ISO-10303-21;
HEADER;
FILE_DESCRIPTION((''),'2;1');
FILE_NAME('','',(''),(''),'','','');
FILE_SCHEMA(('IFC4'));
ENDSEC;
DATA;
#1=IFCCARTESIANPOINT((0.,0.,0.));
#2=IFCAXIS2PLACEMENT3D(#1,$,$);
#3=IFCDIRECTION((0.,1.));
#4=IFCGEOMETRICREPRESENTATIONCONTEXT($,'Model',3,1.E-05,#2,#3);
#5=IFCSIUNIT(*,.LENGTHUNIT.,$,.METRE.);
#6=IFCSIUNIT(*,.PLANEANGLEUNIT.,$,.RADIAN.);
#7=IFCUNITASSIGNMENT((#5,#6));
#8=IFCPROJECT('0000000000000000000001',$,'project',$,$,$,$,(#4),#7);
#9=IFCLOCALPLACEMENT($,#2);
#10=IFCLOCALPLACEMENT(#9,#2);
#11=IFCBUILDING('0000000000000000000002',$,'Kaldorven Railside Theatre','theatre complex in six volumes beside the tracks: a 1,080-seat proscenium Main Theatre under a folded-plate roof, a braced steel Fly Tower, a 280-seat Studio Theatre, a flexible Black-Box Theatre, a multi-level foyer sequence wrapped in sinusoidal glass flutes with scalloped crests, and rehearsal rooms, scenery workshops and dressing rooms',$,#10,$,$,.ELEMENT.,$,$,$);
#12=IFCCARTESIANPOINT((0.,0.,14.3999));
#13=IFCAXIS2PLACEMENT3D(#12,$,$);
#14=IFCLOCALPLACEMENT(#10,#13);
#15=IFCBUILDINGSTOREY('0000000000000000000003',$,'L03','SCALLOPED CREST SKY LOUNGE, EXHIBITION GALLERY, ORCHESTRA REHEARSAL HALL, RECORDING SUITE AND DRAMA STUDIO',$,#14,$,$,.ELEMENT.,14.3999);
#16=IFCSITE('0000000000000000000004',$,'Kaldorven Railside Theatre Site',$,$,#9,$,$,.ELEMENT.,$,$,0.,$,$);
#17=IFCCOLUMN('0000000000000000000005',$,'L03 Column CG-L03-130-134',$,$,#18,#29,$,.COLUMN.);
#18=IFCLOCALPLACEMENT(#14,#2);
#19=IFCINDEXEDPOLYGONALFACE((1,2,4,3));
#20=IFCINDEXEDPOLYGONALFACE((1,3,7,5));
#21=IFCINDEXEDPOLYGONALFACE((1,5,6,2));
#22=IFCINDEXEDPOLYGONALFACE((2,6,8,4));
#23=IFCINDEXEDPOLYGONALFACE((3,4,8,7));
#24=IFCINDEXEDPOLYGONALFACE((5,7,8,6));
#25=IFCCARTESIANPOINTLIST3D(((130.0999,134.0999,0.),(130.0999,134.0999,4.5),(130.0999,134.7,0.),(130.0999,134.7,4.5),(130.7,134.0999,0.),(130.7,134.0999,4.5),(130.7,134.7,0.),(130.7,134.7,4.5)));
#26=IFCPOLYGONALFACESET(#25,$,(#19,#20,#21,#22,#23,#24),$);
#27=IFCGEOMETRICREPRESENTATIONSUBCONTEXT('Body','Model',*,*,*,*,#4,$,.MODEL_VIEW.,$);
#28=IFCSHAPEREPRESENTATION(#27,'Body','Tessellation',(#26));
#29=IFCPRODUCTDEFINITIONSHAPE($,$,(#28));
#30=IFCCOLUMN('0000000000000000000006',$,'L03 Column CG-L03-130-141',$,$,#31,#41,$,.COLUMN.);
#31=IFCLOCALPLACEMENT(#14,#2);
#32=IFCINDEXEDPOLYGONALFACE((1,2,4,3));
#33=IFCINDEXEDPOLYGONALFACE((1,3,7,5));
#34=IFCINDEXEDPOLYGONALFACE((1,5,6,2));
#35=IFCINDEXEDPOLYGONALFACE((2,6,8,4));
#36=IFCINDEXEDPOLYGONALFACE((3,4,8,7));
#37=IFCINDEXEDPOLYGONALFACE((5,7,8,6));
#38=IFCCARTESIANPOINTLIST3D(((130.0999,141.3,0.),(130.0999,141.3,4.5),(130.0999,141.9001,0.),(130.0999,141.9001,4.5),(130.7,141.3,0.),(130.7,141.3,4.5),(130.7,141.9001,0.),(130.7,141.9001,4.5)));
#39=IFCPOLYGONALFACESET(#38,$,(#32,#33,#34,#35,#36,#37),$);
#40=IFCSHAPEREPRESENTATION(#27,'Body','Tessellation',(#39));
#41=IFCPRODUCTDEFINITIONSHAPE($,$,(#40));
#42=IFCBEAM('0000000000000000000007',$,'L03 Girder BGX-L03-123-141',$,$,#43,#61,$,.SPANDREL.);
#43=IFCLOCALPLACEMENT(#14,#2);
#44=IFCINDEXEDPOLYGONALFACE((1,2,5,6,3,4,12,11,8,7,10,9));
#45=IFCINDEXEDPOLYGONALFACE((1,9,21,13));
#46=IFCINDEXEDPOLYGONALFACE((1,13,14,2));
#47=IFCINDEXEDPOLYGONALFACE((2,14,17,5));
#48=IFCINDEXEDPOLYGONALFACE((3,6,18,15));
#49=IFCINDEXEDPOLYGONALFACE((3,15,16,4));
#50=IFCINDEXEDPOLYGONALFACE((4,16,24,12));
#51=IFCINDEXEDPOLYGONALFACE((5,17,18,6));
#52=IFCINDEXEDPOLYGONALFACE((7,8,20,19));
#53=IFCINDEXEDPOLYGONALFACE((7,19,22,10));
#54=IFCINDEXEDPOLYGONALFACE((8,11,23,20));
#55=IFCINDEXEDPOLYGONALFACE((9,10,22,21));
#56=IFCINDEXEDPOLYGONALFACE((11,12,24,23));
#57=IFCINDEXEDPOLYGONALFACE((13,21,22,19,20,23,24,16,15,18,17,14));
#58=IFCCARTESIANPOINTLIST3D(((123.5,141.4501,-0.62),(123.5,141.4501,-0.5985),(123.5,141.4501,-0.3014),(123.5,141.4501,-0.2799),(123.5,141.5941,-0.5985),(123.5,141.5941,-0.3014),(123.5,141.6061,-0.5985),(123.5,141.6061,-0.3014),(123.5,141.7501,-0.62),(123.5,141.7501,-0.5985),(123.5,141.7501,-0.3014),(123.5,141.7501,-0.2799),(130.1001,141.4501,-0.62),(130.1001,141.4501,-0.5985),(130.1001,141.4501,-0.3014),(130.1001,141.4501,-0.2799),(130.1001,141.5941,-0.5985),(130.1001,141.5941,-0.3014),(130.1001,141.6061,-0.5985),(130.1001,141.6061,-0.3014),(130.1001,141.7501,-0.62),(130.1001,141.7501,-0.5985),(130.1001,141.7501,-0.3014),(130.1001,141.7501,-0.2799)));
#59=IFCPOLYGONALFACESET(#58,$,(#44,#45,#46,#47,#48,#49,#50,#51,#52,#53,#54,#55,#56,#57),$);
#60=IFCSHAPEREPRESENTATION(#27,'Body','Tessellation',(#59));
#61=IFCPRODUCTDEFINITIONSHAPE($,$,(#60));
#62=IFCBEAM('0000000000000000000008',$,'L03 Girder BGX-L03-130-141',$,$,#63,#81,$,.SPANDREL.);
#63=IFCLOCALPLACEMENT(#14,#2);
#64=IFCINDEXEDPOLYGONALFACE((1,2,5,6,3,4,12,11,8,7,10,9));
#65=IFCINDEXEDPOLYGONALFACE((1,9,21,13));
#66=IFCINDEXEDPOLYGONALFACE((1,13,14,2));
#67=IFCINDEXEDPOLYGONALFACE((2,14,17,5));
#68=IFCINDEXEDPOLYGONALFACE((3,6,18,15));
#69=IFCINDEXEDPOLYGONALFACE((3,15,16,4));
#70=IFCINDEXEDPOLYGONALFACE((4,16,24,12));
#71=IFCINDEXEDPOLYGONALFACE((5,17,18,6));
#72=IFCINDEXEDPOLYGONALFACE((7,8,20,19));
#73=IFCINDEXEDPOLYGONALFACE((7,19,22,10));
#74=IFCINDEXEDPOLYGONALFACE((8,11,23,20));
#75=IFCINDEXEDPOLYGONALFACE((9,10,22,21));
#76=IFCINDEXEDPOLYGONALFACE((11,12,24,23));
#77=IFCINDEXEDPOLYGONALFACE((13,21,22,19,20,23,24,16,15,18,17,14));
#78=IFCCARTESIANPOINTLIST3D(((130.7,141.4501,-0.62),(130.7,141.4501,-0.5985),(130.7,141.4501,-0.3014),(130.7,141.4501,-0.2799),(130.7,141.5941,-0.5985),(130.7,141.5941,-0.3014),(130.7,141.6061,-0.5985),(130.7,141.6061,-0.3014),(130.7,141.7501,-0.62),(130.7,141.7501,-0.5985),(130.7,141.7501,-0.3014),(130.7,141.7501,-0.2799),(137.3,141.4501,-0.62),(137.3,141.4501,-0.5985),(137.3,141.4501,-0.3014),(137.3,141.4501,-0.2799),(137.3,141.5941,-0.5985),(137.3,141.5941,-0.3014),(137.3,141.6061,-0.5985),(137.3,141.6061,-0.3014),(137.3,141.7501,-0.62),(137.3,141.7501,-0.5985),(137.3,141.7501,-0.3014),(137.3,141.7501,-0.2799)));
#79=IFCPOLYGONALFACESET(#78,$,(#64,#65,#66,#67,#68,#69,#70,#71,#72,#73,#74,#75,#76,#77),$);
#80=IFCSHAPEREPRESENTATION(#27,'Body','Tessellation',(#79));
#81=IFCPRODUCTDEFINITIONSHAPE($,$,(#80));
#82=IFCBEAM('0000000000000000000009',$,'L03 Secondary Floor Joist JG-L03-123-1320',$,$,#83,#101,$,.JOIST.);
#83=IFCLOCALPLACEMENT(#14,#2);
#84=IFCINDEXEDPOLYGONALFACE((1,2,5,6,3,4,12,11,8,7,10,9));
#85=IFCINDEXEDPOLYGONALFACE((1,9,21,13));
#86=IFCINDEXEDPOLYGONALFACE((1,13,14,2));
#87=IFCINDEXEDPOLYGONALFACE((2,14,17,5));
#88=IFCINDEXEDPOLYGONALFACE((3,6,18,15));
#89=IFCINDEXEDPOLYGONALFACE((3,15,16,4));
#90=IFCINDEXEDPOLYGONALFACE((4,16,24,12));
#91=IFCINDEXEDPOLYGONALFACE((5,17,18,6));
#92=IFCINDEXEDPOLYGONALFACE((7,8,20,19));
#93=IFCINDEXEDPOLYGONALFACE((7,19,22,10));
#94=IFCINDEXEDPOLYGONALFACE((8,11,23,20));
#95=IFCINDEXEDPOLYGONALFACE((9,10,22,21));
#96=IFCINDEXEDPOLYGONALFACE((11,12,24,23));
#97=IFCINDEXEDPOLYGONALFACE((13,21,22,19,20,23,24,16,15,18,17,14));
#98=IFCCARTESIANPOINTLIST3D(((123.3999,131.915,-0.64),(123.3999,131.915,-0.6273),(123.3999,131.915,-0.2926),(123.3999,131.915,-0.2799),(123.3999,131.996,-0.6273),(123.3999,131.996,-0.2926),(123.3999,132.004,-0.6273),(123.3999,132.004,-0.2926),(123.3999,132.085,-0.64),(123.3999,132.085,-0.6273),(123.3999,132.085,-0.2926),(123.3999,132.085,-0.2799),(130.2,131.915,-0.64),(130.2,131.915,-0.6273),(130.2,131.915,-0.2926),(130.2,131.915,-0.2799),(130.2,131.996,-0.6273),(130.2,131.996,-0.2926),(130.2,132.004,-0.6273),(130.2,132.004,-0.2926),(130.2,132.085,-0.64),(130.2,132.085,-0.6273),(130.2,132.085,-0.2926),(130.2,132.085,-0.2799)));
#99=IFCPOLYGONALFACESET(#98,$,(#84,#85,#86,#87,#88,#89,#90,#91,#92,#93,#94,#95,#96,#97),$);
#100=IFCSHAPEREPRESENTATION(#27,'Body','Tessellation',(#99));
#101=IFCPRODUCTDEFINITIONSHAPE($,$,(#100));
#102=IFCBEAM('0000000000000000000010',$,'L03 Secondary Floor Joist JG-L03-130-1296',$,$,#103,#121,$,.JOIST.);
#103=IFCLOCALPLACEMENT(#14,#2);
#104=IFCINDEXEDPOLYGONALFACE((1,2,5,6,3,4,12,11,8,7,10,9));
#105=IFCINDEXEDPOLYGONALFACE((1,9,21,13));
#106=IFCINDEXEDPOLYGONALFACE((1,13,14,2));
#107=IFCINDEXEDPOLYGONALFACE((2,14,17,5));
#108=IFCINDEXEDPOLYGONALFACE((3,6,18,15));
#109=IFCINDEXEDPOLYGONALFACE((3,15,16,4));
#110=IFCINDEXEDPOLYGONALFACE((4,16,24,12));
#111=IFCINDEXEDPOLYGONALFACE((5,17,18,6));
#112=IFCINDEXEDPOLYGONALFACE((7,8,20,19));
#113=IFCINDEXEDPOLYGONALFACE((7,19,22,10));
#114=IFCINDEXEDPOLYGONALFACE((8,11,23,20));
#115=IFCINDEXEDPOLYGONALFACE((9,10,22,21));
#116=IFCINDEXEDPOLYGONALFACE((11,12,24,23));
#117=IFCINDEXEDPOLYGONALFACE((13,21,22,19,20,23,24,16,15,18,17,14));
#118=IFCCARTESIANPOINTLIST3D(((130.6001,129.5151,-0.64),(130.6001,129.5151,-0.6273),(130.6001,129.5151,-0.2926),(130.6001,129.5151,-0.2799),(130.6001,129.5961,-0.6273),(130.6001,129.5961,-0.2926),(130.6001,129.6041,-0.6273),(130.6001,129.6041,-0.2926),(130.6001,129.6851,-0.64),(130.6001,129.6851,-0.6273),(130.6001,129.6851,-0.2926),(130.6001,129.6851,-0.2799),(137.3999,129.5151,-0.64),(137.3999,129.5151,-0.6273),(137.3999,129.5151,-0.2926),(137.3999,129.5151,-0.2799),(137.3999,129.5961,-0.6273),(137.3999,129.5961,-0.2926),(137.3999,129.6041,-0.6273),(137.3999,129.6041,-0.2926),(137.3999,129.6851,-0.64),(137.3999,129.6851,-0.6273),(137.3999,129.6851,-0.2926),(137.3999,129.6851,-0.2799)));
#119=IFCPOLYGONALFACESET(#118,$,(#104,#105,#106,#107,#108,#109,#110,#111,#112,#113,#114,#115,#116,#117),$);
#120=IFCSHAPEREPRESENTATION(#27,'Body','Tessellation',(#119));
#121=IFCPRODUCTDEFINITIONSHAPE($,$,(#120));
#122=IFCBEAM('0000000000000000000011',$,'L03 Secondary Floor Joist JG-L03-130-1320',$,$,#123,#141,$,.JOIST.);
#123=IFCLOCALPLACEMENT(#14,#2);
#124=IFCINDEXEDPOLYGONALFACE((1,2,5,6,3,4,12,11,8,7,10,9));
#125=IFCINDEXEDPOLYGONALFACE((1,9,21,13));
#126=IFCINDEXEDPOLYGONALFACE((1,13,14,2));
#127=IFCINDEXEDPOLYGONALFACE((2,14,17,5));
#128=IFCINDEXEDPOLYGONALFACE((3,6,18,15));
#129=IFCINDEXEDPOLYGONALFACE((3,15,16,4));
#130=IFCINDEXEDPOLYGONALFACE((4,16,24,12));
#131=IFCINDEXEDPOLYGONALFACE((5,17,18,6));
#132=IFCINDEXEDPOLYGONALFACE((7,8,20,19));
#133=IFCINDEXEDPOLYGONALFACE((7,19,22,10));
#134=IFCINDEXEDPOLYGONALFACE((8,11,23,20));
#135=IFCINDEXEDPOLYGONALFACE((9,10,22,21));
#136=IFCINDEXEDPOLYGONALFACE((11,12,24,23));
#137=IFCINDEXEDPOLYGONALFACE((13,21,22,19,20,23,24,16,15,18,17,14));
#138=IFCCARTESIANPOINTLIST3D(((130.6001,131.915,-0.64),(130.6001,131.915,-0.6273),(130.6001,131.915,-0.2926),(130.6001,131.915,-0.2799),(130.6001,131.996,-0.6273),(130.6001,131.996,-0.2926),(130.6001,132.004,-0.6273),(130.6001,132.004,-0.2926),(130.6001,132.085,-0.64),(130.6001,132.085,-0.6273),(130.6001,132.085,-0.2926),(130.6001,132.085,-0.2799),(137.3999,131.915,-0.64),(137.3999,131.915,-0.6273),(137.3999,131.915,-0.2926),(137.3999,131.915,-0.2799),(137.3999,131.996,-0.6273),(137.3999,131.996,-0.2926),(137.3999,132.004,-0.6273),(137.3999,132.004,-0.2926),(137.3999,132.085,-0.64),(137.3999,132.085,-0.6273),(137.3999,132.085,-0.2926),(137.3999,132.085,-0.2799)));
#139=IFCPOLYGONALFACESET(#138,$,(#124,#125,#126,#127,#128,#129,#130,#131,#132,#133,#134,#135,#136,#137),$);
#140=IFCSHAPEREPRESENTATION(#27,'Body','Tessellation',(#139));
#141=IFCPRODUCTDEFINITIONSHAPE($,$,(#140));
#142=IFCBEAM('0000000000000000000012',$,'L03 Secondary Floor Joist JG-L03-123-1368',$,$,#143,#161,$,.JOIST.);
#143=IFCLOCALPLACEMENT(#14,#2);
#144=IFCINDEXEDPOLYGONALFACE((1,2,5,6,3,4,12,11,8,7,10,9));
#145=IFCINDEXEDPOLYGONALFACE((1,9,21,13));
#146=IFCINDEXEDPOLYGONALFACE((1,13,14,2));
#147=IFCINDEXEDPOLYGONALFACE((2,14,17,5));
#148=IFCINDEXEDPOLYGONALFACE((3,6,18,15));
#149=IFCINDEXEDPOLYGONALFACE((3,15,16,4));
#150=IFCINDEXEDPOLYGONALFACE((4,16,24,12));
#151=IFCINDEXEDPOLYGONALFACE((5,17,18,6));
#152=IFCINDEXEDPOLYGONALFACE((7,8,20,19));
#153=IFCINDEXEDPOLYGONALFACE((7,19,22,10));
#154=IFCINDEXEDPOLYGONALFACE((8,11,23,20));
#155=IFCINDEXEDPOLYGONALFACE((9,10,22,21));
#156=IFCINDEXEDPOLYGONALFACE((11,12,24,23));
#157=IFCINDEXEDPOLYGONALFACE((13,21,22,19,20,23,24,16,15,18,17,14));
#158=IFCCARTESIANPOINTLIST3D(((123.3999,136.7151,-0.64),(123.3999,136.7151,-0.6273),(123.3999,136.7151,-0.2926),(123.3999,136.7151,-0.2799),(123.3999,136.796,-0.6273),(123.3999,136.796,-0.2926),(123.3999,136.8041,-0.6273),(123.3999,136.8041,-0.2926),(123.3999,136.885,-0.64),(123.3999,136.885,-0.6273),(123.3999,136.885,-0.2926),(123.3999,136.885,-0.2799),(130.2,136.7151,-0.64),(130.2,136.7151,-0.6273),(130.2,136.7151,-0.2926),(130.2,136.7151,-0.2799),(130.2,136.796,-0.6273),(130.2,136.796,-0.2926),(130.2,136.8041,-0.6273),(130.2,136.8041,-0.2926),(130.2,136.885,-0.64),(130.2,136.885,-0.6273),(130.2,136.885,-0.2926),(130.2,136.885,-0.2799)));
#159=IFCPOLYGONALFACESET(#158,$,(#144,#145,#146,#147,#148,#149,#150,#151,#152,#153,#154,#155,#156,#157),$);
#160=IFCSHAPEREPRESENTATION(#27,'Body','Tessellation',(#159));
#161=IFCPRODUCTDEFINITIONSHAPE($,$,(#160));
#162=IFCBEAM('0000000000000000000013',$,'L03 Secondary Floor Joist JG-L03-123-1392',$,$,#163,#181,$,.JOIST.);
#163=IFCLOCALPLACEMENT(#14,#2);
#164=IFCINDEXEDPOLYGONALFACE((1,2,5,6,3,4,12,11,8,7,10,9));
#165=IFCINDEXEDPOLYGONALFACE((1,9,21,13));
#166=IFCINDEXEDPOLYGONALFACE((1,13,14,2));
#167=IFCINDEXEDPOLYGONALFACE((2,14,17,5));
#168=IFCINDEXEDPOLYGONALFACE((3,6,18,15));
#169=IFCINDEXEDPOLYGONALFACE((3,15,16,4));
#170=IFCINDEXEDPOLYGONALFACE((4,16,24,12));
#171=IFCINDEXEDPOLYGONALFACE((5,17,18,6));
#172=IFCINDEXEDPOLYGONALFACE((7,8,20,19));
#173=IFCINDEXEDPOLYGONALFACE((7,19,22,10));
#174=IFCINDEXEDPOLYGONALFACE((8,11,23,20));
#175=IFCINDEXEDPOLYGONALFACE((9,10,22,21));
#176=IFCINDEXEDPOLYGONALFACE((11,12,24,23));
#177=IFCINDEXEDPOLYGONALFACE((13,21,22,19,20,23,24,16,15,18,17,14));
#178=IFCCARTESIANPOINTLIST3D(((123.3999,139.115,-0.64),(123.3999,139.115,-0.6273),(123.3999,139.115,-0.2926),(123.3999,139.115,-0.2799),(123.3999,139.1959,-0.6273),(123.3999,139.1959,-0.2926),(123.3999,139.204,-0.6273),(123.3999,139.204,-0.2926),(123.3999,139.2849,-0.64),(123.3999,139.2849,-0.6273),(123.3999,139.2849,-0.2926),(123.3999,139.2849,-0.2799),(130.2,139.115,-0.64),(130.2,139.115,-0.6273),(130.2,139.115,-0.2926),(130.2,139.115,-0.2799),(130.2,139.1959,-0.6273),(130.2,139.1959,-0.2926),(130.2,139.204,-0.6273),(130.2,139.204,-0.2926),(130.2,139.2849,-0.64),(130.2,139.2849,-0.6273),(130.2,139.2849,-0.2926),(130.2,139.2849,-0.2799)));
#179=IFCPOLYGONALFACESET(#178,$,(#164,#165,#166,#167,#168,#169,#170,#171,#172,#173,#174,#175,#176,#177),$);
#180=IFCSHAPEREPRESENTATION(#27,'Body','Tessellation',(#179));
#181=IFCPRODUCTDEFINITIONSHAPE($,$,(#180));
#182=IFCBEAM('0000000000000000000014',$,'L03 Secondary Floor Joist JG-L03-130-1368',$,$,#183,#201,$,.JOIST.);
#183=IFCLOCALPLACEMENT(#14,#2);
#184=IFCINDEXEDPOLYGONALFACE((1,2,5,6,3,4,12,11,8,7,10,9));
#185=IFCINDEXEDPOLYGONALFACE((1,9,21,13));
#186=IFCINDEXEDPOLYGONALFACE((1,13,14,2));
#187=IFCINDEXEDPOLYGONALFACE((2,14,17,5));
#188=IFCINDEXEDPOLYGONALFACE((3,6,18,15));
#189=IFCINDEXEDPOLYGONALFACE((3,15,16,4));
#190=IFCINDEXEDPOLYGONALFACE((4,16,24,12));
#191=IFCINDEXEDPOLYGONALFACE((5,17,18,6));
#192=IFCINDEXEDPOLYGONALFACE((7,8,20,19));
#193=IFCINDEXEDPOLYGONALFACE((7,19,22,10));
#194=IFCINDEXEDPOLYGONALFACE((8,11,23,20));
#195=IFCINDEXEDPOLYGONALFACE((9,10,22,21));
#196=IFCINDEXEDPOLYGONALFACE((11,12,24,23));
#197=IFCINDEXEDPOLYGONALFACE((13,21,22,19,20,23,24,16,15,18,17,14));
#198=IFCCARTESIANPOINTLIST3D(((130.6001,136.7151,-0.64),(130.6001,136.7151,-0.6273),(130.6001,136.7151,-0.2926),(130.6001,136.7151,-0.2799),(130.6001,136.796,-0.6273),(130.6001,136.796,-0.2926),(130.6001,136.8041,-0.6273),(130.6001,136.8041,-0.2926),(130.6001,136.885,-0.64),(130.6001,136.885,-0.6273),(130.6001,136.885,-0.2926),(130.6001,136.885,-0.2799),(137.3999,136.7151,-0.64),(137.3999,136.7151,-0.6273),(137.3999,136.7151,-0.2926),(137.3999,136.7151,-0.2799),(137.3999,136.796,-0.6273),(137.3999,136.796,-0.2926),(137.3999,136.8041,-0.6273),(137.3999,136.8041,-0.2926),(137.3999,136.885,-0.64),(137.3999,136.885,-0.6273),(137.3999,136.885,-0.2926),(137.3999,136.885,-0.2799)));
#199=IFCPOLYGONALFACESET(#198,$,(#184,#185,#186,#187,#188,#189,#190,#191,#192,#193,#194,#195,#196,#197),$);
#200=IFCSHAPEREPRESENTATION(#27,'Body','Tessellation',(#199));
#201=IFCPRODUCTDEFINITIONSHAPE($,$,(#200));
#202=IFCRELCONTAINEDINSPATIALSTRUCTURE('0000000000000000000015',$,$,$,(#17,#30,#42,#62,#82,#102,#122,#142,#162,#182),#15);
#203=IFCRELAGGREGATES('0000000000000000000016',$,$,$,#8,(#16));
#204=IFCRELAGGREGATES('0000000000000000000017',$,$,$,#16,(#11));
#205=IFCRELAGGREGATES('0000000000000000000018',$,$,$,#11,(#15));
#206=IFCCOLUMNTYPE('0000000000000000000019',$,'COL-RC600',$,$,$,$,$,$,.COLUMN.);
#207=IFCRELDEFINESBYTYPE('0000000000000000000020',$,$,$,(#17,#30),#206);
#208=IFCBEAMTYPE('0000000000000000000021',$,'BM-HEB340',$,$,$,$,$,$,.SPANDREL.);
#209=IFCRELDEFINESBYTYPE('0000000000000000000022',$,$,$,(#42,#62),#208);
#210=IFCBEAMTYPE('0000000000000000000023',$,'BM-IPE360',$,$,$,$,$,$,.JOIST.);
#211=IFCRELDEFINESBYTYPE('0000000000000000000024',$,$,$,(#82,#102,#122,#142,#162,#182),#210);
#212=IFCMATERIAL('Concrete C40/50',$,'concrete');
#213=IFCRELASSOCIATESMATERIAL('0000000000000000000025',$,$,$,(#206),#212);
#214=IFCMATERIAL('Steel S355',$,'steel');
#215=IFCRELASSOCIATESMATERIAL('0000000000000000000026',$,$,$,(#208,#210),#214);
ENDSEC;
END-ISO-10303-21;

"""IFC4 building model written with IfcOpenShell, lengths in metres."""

from ifc_helpers import new_model, si_unit, direction, frame, origin, origin_2d, place, context, subcontext, project, spatial, rectangle, i_section, extrude, material, material_profile, profile_set, type_object, element, save


model = new_model("IFC4")

# Units and contexts
model_context = context("Model", 3, precision=1e-05, world=origin(), true_north=direction((0.0, 1.0)))
body_context = subcontext(model_context, "Body", "Model", "MODEL_VIEW")
ifc_project = project(units=[si_unit("LENGTHUNIT", "METRE"), si_unit("PLANEANGLEUNIT", "RADIAN")], contexts=[model_context])

# Site, building, storey
site_placement = place(None, origin())
site = spatial("IfcSite", under=ifc_project, at=site_placement, Name="Kaldorven Railside Theatre Site", CompositionType="ELEMENT", RefElevation=0.0)
building_placement = place(site_placement, origin())
building = spatial("IfcBuilding", under=site, at=building_placement, Name="Kaldorven Railside Theatre", Description="theatre complex in six volumes beside the tracks: a 1,080-seat proscenium Main Theatre under a folded-plate roof, a braced steel Fly Tower, a 280-seat Studio Theatre, a flexible Black-Box Theatre, a multi-level foyer sequence wrapped in sinusoidal glass flutes with scalloped crests, and rehearsal rooms, scenery workshops and dressing rooms", CompositionType="ELEMENT")
storey_placement = place(building_placement, frame((0.0, 0.0, 14.3999)))
storey = spatial("IfcBuildingStorey", under=building, at=storey_placement, Name="L03", Description="SCALLOPED CREST SKY LOUNGE, EXHIBITION GALLERY, ORCHESTRA REHEARSAL HALL, RECORDING SUITE AND DRAMA STUDIO", CompositionType="ELEMENT", Elevation=14.3999)

# Columns
ifc_material_1 = material(Name="Concrete C40/50", Category="concrete")
ifc_material_profile_1 = material_profile(ifc_material_1, rectangle(XDim=0.6001, YDim=0.6001, at=origin_2d()), Name="RC 600x600")
ifc_profile_set_1 = profile_set([ifc_material_profile_1], Name="Concrete C40/50")
column_type = type_object("IfcColumnType", Name="COL-RC600", PredefinedType="COLUMN", material=ifc_profile_set_1)
for number, where, z_axis, x_axis, name in (
    (1, (130.3999, 134.3999, 0.0), (0.0, 0.0, 1.0), (1.0, 0.0, 0.0), "L03 Column CG-L03-130-134"),
    (2, (130.3999, 141.6001, 0.0), (0.0, 0.0, 1.0), (1.0, 0.0, 0.0), "L03 Column CG-L03-130-141"),
):
    element("IfcColumn", number, at=place(storey_placement, frame(where, z_axis=z_axis, x_axis=x_axis)), inside=storey, type_object=column_type, Name=name, PredefinedType="COLUMN", context=body_context, shape_type="SweptSolid", body=[
        extrude(rectangle(XDim=0.6001, YDim=0.6001, at=origin_2d()), origin(), (0.0, 0.0, 1.0), 4.5),
    ])

# Beams
ifc_material_2 = material(Name="Steel S355", Category="steel")
ifc_material_profile_2 = material_profile(ifc_material_2, i_section(OverallWidth=0.3, OverallDepth=0.3401, WebThickness=0.012, FlangeThickness=0.0215, at=origin_2d()), Name="HEB 340")
ifc_profile_set_2 = profile_set([ifc_material_profile_2], Name="Steel S355")
beam_type_1 = type_object("IfcBeamType", Name="BM-HEB340", PredefinedType="SPANDREL", material=ifc_profile_set_2)
for number, where, z_axis, x_axis, name in (
    (3, (123.5, 141.6001, -0.45), (1.0, 0.0, 0.0), (0.0, 1.0, 0.0), "L03 Girder BGX-L03-123-141"),
    (4, (130.7, 141.6001, -0.45), (1.0, 0.0, 0.0), (0.0, 1.0, 0.0), "L03 Girder BGX-L03-130-141"),
):
    element("IfcBeam", number, at=place(storey_placement, frame(where, z_axis=z_axis, x_axis=x_axis)), inside=storey, type_object=beam_type_1, Name=name, PredefinedType="SPANDREL", context=body_context, shape_type="SweptSolid", body=[
        extrude(i_section(OverallWidth=0.3, OverallDepth=0.3401, WebThickness=0.012, FlangeThickness=0.0215, at=origin_2d()), origin(), (0.0, 0.0, 1.0), 6.6001),
    ])
ifc_material_profile_3 = material_profile(ifc_material_2, i_section(OverallWidth=0.1699, OverallDepth=0.3601, WebThickness=0.0081, FlangeThickness=0.0127, at=origin_2d()), Name="IPE 360")
ifc_profile_set_3 = profile_set([ifc_material_profile_3], Name="Steel S355")
beam_type_2 = type_object("IfcBeamType", Name="BM-IPE360", PredefinedType="JOIST", material=ifc_profile_set_3)
beam_placement = place(storey_placement, frame((123.3999, 132.0, -0.46), z_axis=(1.0, 0.0, 0.0), x_axis=(0.0, 1.0, 0.0)))
element("IfcBeam", 5, at=beam_placement, inside=storey, type_object=beam_type_2, Name="L03 Secondary Floor Joist JG-L03-123-1320", PredefinedType="JOIST", context=body_context, shape_type="SweptSolid", body=[
    extrude(i_section(OverallWidth=0.1699, OverallDepth=0.3601, WebThickness=0.0081, FlangeThickness=0.0127, at=origin_2d()), origin(), (0.0, 0.0, 1.0), 6.8),
])
for number, where, z_axis, x_axis, name in (
    (6, (130.6001, 129.6001, -0.46), (1.0, 0.0, 0.0), (0.0, 1.0, 0.0), "L03 Secondary Floor Joist JG-L03-130-1296"),
    (7, (130.6001, 132.0, -0.46), (1.0, 0.0, 0.0), (0.0, 1.0, 0.0), "L03 Secondary Floor Joist JG-L03-130-1320"),
):
    element("IfcBeam", number, at=place(storey_placement, frame(where, z_axis=z_axis, x_axis=x_axis)), inside=storey, type_object=beam_type_2, Name=name, PredefinedType="JOIST", context=body_context, shape_type="SweptSolid", body=[
        extrude(i_section(OverallWidth=0.1699, OverallDepth=0.3601, WebThickness=0.0081, FlangeThickness=0.0127, at=origin_2d()), origin(), (0.0, 0.0, 1.0), 6.7998),
    ])
for number, where, z_axis, x_axis, name in (
    (8, (123.3999, 136.8, -0.46), (1.0, 0.0, 0.0), (0.0, 1.0, 0.0), "L03 Secondary Floor Joist JG-L03-123-1368"),
    (9, (123.3999, 139.2, -0.46), (1.0, 0.0, 0.0), (0.0, 1.0, 0.0), "L03 Secondary Floor Joist JG-L03-123-1392"),
):
    element("IfcBeam", number, at=place(storey_placement, frame(where, z_axis=z_axis, x_axis=x_axis)), inside=storey, type_object=beam_type_2, Name=name, PredefinedType="JOIST", context=body_context, shape_type="SweptSolid", body=[
        extrude(i_section(OverallWidth=0.1699, OverallDepth=0.3601, WebThickness=0.0081, FlangeThickness=0.0127, at=origin_2d()), origin(), (0.0, 0.0, 1.0), 6.8),
    ])
for number, where, z_axis, x_axis, name in (
    (10, (130.6001, 136.8, -0.46), (1.0, 0.0, 0.0), (0.0, 1.0, 0.0), "L03 Secondary Floor Joist JG-L03-130-1368"),
):
    element("IfcBeam", number, at=place(storey_placement, frame(where, z_axis=z_axis, x_axis=x_axis)), inside=storey, type_object=beam_type_2, Name=name, PredefinedType="JOIST", context=body_context, shape_type="SweptSolid", body=[
        extrude(i_section(OverallWidth=0.1699, OverallDepth=0.3601, WebThickness=0.0081, FlangeThickness=0.0127, at=origin_2d()), origin(), (0.0, 0.0, 1.0), 6.7998),
    ])

save(model, "model.ifc")
